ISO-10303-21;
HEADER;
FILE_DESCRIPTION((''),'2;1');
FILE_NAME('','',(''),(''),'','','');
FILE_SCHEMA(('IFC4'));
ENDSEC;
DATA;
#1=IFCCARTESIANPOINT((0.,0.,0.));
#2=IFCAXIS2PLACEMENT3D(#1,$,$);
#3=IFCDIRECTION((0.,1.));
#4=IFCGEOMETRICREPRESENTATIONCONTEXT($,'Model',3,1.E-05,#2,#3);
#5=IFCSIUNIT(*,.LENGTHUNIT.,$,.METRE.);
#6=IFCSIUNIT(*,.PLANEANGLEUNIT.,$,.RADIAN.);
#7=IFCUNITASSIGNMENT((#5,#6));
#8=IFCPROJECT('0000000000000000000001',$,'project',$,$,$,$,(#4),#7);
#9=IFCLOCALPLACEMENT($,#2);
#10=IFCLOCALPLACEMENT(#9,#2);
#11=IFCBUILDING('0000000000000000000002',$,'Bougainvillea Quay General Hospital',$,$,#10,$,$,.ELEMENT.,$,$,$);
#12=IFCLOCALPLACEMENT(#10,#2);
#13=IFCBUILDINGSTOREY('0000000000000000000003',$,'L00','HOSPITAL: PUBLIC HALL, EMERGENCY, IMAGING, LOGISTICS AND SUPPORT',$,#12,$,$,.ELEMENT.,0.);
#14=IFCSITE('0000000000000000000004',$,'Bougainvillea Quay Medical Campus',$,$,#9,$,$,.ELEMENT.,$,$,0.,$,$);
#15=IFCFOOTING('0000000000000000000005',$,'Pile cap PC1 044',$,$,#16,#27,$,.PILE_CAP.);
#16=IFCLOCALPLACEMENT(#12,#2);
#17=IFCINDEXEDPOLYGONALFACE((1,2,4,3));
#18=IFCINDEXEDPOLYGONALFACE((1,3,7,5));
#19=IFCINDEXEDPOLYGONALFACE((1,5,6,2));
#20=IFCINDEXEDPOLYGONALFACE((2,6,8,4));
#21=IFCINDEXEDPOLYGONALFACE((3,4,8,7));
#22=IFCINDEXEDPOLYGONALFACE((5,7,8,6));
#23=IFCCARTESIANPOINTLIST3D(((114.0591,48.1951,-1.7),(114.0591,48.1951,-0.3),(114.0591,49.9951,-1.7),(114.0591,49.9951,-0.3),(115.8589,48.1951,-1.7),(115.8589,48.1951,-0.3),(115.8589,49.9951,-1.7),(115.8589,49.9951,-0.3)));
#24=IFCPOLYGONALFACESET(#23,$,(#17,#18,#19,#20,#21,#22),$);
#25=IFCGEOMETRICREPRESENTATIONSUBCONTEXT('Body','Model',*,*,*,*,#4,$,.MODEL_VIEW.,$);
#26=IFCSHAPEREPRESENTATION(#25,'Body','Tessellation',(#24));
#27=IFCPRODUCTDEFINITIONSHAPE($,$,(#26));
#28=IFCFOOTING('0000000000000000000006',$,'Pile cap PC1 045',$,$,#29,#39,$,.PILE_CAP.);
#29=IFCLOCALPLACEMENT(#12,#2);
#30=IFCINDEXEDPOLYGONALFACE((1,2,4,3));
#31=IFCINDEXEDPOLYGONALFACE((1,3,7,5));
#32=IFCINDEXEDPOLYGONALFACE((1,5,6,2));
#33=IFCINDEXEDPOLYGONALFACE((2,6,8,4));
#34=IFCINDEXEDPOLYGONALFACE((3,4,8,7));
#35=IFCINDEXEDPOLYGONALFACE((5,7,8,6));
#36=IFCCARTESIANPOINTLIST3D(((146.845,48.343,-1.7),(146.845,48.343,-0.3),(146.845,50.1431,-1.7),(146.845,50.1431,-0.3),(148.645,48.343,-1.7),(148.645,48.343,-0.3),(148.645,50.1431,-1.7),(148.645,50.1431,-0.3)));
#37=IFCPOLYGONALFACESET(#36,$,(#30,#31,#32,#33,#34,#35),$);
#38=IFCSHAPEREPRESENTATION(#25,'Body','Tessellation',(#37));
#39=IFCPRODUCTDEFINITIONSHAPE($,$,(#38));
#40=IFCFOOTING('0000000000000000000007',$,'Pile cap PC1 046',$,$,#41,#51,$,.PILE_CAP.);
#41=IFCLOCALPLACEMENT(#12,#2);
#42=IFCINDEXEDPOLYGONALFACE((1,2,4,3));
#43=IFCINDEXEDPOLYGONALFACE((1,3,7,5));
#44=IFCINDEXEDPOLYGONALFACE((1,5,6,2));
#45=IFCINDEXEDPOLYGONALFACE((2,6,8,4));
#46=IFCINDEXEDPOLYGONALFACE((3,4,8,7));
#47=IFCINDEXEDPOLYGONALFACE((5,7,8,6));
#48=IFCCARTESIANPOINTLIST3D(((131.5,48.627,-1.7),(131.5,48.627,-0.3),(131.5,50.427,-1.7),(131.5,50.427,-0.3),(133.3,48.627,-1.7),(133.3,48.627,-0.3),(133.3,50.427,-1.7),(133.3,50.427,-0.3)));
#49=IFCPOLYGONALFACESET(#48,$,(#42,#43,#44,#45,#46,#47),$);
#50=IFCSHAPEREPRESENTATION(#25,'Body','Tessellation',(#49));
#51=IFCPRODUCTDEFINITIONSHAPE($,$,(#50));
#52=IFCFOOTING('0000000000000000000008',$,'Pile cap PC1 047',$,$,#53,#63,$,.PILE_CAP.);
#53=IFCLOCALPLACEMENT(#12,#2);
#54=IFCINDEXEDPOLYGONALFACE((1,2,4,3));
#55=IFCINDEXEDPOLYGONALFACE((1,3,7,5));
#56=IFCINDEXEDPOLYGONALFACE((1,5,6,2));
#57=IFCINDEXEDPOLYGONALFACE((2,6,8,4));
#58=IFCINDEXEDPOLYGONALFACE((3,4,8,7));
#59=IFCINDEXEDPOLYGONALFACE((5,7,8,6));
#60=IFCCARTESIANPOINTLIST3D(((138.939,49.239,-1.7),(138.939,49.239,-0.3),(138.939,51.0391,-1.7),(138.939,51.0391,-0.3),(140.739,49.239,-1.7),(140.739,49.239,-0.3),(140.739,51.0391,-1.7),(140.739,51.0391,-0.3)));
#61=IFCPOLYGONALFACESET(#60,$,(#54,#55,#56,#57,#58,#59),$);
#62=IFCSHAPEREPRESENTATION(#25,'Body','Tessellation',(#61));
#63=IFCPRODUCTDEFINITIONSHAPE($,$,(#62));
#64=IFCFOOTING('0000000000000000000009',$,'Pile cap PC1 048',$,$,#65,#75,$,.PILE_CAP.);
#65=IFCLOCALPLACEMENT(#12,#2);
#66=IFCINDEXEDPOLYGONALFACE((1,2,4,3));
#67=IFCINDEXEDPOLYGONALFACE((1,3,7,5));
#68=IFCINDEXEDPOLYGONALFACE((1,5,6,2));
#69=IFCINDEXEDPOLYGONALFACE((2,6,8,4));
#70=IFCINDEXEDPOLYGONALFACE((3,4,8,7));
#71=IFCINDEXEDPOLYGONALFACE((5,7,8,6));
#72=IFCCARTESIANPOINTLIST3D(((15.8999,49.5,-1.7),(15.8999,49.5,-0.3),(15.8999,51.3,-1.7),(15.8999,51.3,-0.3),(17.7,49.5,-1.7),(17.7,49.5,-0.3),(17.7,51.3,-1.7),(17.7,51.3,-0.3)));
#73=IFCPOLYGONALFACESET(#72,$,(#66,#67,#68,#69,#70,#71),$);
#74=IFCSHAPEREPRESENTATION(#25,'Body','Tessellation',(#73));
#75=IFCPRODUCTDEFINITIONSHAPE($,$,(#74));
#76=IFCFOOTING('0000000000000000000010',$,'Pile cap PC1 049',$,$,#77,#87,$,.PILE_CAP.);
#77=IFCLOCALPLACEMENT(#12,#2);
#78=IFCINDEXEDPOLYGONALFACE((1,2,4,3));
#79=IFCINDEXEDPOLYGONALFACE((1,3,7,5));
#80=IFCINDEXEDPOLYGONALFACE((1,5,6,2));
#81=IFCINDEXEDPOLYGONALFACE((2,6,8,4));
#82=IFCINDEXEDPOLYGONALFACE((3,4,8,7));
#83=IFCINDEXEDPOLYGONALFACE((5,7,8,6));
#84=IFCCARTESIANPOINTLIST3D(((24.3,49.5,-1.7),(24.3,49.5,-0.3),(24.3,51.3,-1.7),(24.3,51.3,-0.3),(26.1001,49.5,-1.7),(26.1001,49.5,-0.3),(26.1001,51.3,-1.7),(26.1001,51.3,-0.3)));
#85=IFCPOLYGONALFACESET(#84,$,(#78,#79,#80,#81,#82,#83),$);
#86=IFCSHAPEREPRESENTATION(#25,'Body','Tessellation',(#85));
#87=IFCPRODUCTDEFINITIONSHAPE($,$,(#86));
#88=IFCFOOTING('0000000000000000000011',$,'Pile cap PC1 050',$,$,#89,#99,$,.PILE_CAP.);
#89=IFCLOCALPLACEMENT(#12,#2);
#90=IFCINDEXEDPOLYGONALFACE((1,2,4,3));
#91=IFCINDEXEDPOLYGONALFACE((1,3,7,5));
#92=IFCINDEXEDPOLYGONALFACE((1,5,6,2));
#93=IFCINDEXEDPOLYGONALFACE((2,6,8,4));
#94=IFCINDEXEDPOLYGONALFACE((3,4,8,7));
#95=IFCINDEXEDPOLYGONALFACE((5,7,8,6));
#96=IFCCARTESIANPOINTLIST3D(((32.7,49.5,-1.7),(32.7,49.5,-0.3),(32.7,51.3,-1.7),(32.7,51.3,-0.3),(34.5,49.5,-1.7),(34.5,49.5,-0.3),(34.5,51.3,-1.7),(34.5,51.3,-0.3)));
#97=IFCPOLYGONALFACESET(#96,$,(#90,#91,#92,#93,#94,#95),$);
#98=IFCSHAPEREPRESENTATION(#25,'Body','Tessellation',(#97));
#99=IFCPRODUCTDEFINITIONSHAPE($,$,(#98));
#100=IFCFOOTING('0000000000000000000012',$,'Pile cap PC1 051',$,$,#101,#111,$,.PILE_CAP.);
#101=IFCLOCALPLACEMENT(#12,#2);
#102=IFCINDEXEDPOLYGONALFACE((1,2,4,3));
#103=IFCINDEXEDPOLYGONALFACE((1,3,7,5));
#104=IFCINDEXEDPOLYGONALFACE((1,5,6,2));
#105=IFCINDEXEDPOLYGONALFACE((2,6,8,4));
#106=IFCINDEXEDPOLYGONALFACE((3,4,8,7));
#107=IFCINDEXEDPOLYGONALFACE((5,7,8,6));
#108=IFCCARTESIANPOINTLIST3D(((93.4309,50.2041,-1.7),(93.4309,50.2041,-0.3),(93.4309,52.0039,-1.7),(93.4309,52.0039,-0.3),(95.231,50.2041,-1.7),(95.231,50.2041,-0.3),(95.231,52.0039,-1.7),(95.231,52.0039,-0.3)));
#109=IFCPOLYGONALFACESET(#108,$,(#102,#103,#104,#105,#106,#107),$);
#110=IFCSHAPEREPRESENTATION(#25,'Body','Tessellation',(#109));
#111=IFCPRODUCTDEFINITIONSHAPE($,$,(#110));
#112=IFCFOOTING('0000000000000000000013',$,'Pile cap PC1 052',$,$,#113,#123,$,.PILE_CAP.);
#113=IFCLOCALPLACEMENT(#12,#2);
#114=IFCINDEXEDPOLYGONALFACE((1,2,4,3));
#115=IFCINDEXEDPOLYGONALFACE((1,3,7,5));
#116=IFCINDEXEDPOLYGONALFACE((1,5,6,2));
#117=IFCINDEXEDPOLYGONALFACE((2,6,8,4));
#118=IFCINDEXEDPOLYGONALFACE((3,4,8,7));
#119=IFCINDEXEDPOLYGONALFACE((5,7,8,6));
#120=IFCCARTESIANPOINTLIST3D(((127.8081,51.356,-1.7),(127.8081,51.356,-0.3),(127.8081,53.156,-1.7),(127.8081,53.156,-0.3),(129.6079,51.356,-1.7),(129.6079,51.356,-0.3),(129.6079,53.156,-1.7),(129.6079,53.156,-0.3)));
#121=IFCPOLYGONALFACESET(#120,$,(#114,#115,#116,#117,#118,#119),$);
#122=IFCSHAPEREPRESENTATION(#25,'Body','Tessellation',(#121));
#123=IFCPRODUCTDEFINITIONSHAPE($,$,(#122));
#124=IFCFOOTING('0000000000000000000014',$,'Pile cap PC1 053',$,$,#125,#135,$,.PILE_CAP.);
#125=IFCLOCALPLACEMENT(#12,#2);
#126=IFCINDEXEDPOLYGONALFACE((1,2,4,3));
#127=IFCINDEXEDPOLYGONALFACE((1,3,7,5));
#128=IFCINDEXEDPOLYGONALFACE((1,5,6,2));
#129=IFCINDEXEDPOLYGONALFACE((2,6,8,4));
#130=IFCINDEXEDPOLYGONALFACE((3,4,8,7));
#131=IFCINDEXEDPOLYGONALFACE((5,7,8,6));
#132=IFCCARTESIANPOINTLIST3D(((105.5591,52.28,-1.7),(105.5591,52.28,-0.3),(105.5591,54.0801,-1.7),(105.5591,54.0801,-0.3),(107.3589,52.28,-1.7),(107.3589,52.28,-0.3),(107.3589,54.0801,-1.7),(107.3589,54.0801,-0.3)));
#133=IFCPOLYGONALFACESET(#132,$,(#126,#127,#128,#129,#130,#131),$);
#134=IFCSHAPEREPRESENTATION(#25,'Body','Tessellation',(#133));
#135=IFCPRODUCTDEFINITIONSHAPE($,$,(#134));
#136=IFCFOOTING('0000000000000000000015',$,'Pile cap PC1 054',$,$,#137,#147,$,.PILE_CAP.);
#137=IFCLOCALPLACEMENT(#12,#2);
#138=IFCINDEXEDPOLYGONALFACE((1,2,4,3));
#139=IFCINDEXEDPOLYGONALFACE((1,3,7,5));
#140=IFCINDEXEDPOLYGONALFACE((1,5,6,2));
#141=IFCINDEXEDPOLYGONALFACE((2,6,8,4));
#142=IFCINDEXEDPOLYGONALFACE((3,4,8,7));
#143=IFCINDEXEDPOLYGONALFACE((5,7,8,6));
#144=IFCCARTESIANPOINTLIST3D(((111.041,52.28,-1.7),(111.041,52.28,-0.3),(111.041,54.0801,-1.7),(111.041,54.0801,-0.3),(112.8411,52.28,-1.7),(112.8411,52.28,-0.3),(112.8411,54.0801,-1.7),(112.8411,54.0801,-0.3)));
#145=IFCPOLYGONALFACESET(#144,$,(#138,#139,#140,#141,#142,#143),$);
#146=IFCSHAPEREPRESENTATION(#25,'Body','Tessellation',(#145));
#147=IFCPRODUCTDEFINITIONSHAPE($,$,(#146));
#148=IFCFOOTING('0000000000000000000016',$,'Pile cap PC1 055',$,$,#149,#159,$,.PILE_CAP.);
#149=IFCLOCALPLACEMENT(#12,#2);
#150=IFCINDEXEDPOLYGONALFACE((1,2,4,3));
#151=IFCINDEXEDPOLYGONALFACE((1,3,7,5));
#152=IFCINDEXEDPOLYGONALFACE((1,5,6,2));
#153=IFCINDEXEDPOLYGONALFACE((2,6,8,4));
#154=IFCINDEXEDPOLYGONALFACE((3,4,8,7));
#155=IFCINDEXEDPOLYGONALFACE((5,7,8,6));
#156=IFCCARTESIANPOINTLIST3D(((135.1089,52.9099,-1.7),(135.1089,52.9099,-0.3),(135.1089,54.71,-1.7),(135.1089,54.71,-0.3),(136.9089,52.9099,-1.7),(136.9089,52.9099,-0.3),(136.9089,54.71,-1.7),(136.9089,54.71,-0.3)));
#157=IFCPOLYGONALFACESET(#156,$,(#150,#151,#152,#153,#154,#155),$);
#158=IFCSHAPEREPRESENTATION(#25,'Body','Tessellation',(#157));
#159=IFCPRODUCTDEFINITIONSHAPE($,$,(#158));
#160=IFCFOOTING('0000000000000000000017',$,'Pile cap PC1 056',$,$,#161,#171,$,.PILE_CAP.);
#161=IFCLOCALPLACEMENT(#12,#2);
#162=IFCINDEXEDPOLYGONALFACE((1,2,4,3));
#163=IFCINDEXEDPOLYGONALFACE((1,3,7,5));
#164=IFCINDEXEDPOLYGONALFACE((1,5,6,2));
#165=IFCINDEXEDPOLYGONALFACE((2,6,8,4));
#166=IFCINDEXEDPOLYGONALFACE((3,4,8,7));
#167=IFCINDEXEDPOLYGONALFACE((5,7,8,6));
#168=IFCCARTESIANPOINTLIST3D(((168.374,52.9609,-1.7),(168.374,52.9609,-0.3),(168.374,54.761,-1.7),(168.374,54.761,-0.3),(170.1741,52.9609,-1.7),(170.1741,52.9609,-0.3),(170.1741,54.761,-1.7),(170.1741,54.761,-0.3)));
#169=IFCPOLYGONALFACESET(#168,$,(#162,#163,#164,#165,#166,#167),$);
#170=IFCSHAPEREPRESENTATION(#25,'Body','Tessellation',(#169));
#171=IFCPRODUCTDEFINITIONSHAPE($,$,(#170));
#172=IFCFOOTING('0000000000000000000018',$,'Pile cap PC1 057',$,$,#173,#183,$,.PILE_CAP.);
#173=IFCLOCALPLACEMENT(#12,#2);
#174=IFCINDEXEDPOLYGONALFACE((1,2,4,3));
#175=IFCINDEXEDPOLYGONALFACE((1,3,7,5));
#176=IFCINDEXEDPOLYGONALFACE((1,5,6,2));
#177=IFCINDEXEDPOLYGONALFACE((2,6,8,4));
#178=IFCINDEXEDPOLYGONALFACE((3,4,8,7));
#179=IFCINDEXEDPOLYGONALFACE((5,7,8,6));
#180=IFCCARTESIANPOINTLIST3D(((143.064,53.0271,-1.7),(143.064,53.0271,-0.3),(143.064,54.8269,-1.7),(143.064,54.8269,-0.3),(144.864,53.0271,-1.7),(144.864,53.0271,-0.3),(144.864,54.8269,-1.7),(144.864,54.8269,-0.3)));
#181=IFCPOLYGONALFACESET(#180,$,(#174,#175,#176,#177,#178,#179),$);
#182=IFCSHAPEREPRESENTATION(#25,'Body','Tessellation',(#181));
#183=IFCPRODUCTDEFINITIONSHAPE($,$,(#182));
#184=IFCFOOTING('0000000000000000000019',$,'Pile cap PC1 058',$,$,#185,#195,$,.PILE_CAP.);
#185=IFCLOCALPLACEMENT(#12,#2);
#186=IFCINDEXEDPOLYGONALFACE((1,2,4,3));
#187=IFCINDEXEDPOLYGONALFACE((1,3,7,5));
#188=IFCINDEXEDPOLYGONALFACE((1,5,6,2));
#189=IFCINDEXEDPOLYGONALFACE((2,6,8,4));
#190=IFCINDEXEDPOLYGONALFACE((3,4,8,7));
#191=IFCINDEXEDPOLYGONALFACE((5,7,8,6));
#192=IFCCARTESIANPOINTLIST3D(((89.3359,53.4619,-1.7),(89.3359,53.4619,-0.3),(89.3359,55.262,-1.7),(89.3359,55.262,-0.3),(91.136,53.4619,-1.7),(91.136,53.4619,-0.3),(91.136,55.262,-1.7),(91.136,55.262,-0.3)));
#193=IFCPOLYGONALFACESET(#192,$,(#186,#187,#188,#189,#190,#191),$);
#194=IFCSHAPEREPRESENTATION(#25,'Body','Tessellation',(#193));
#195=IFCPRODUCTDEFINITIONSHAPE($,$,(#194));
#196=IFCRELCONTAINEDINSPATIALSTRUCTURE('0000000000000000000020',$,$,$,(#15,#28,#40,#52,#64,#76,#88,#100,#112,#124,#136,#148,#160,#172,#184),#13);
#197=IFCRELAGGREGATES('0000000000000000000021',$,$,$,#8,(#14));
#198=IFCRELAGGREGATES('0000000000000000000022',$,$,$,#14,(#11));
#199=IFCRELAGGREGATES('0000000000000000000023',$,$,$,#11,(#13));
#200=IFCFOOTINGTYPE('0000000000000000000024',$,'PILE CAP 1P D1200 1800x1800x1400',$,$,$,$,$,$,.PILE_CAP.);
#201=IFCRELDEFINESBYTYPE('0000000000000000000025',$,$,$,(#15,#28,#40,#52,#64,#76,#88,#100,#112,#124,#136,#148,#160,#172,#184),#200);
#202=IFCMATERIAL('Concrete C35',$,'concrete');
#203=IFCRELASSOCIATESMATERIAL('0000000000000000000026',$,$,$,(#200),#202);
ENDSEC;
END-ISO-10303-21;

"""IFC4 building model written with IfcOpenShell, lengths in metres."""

from ifc_helpers import new_model, si_unit, direction, frame, origin, place, context, subcontext, project, spatial, polyline, outline, extrude, material, type_object, element, save


model = new_model("IFC4")

# Units and contexts
model_context = context("Model", 3, precision=1e-05, world=origin(), true_north=direction((0.0, 1.0)))
body_context = subcontext(model_context, "Body", "Model", "MODEL_VIEW")
ifc_project = project(units=[si_unit("LENGTHUNIT", "METRE"), si_unit("PLANEANGLEUNIT", "RADIAN")], contexts=[model_context])

# Site, building, storey
site_placement = place(None, origin())
site = spatial("IfcSite", under=ifc_project, at=site_placement, Name="Bougainvillea Quay Medical Campus", CompositionType="ELEMENT", RefElevation=0.0)
building_placement = place(site_placement, origin())
building = spatial("IfcBuilding", under=site, at=building_placement, Name="Bougainvillea Quay General Hospital", CompositionType="ELEMENT")
storey_placement = place(building_placement, origin())
storey = spatial("IfcBuildingStorey", under=building, at=storey_placement, Name="L00", Description="HOSPITAL: PUBLIC HALL, EMERGENCY, IMAGING, LOGISTICS AND SUPPORT", CompositionType="ELEMENT", Elevation=0.0)

# Footings
ifc_material = material(Name="Concrete C35", Category="concrete")
footing_type_1 = type_object("IfcFootingType", Name="PILE CAP 1P D1200 1800x1800x1400", PredefinedType="PILE_CAP", material=ifc_material)
footing_1_placement = place(storey_placement, frame((0.0, 0.0, -1.7)))
element("IfcFooting", 1, at=footing_1_placement, inside=storey, type_object=footing_type_1, Name="Pile cap PC1 044", PredefinedType="PILE_CAP", context=body_context, shape_type="SweptSolid", body=[
    extrude(outline(polyline([(114.0591, 48.1951), (115.8589, 48.1951), (115.8589, 49.9951), (114.0591, 49.9951), (114.0591, 48.1951)])), origin(), (0.0, 0.0, 1.0), 1.3999),
])
footing_2_placement = place(storey_placement, frame((0.0, 0.0, -1.7)))
element("IfcFooting", 2, at=footing_2_placement, inside=storey, type_object=footing_type_1, Name="Pile cap PC1 045", PredefinedType="PILE_CAP", context=body_context, shape_type="SweptSolid", body=[
    extrude(outline(polyline([(146.845, 48.343), (148.645, 48.343), (148.645, 50.1431), (146.845, 50.1431), (146.845, 48.343)])), origin(), (0.0, 0.0, 1.0), 1.3999),
])
footing_3_placement = place(storey_placement, frame((0.0, 0.0, -1.7)))
element("IfcFooting", 3, at=footing_3_placement, inside=storey, type_object=footing_type_1, Name="Pile cap PC1 046", PredefinedType="PILE_CAP", context=body_context, shape_type="SweptSolid", body=[
    extrude(outline(polyline([(131.5, 48.627), (133.3, 48.627), (133.3, 50.427), (131.5, 50.427), (131.5, 48.627)])), origin(), (0.0, 0.0, 1.0), 1.3999),
])
footing_4_placement = place(storey_placement, frame((0.0, 0.0, -1.7)))
element("IfcFooting", 4, at=footing_4_placement, inside=storey, type_object=footing_type_1, Name="Pile cap PC1 047", PredefinedType="PILE_CAP", context=body_context, shape_type="SweptSolid", body=[
    extrude(outline(polyline([(138.939, 49.239), (140.739, 49.239), (140.739, 51.0391), (138.939, 51.0391), (138.939, 49.239)])), origin(), (0.0, 0.0, 1.0), 1.3999),
])
footing_5_placement = place(storey_placement, frame((0.0, 0.0, -1.7)))
element("IfcFooting", 5, at=footing_5_placement, inside=storey, type_object=footing_type_1, Name="Pile cap PC1 048", PredefinedType="PILE_CAP", context=body_context, shape_type="SweptSolid", body=[
    extrude(outline(polyline([(15.8999, 49.5), (17.7, 49.5), (17.7, 51.3), (15.8999, 51.3), (15.8999, 49.5)])), origin(), (0.0, 0.0, 1.0), 1.3999),
])
footing_6_placement = place(storey_placement, frame((0.0, 0.0, -1.7)))
element("IfcFooting", 6, at=footing_6_placement, inside=storey, type_object=footing_type_1, Name="Pile cap PC1 049", PredefinedType="PILE_CAP", context=body_context, shape_type="SweptSolid", body=[
    extrude(outline(polyline([(24.3, 49.5), (26.1001, 49.5), (26.1001, 51.3), (24.3, 51.3), (24.3, 49.5)])), origin(), (0.0, 0.0, 1.0), 1.3999),
])
footing_7_placement = place(storey_placement, frame((0.0, 0.0, -1.7)))
element("IfcFooting", 7, at=footing_7_placement, inside=storey, type_object=footing_type_1, Name="Pile cap PC1 050", PredefinedType="PILE_CAP", context=body_context, shape_type="SweptSolid", body=[
    extrude(outline(polyline([(32.7, 49.5), (34.5, 49.5), (34.5, 51.3), (32.7, 51.3), (32.7, 49.5)])), origin(), (0.0, 0.0, 1.0), 1.3999),
])
footing_8_placement = place(storey_placement, frame((0.0, 0.0, -1.7)))
element("IfcFooting", 8, at=footing_8_placement, inside=storey, type_object=footing_type_1, Name="Pile cap PC1 051", PredefinedType="PILE_CAP", context=body_context, shape_type="SweptSolid", body=[
    extrude(outline(polyline([(93.4309, 50.2041), (95.231, 50.2041), (95.231, 52.0039), (93.4309, 52.0039), (93.4309, 50.2041)])), origin(), (0.0, 0.0, 1.0), 1.3999),
])
footing_9_placement = place(storey_placement, frame((0.0, 0.0, -1.7)))
element("IfcFooting", 9, at=footing_9_placement, inside=storey, type_object=footing_type_1, Name="Pile cap PC1 052", PredefinedType="PILE_CAP", context=body_context, shape_type="SweptSolid", body=[
    extrude(outline(polyline([(127.8081, 51.356), (129.6079, 51.356), (129.6079, 53.156), (127.8081, 53.156), (127.8081, 51.356)])), origin(), (0.0, 0.0, 1.0), 1.3999),
])
footing_10_placement = place(storey_placement, frame((0.0, 0.0, -1.7)))
element("IfcFooting", 10, at=footing_10_placement, inside=storey, type_object=footing_type_1, Name="Pile cap PC1 053", PredefinedType="PILE_CAP", context=body_context, shape_type="SweptSolid", body=[
    extrude(outline(polyline([(105.5591, 52.28), (107.3589, 52.28), (107.3589, 54.0801), (105.5591, 54.0801), (105.5591, 52.28)])), origin(), (0.0, 0.0, 1.0), 1.3999),
])
footing_11_placement = place(storey_placement, frame((0.0, 0.0, -1.7)))
element("IfcFooting", 11, at=footing_11_placement, inside=storey, type_object=footing_type_1, Name="Pile cap PC1 054", PredefinedType="PILE_CAP", context=body_context, shape_type="SweptSolid", body=[
    extrude(outline(polyline([(111.041, 52.28), (112.8411, 52.28), (112.8411, 54.0801), (111.041, 54.0801), (111.041, 52.28)])), origin(), (0.0, 0.0, 1.0), 1.3999),
])
footing_12_placement = place(storey_placement, frame((0.0, 0.0, -1.7)))
element("IfcFooting", 12, at=footing_12_placement, inside=storey, type_object=footing_type_1, Name="Pile cap PC1 055", PredefinedType="PILE_CAP", context=body_context, shape_type="SweptSolid", body=[
    extrude(outline(polyline([(135.1089, 52.9099), (136.9089, 52.9099), (136.9089, 54.71), (135.1089, 54.71), (135.1089, 52.9099)])), origin(), (0.0, 0.0, 1.0), 1.3999),
])
footing_13_placement = place(storey_placement, frame((0.0, 0.0, -1.7)))
element("IfcFooting", 13, at=footing_13_placement, inside=storey, type_object=footing_type_1, Name="Pile cap PC1 056", PredefinedType="PILE_CAP", context=body_context, shape_type="SweptSolid", body=[
    extrude(outline(polyline([(168.374, 52.9609), (170.1741, 52.9609), (170.1741, 54.761), (168.374, 54.761), (168.374, 52.9609)])), origin(), (0.0, 0.0, 1.0), 1.3999),
])
footing_14_placement = place(storey_placement, frame((0.0, 0.0, -1.7)))
element("IfcFooting", 14, at=footing_14_placement, inside=storey, type_object=footing_type_1, Name="Pile cap PC1 057", PredefinedType="PILE_CAP", context=body_context, shape_type="SweptSolid", body=[
    extrude(outline(polyline([(143.064, 53.0271), (144.864, 53.0271), (144.864, 54.8269), (143.064, 54.8269), (143.064, 53.0271)])), origin(), (0.0, 0.0, 1.0), 1.3999),
])
footing_15_placement = place(storey_placement, frame((0.0, 0.0, -1.7)))
element("IfcFooting", 15, at=footing_15_placement, inside=storey, type_object=footing_type_1, Name="Pile cap PC1 058", PredefinedType="PILE_CAP", context=body_context, shape_type="SweptSolid", body=[
    extrude(outline(polyline([(89.3359, 53.4619), (91.136, 53.4619), (91.136, 55.262), (89.3359, 55.262), (89.3359, 53.4619)])), origin(), (0.0, 0.0, 1.0), 1.3999),
])

save(model, "model.ifc")
